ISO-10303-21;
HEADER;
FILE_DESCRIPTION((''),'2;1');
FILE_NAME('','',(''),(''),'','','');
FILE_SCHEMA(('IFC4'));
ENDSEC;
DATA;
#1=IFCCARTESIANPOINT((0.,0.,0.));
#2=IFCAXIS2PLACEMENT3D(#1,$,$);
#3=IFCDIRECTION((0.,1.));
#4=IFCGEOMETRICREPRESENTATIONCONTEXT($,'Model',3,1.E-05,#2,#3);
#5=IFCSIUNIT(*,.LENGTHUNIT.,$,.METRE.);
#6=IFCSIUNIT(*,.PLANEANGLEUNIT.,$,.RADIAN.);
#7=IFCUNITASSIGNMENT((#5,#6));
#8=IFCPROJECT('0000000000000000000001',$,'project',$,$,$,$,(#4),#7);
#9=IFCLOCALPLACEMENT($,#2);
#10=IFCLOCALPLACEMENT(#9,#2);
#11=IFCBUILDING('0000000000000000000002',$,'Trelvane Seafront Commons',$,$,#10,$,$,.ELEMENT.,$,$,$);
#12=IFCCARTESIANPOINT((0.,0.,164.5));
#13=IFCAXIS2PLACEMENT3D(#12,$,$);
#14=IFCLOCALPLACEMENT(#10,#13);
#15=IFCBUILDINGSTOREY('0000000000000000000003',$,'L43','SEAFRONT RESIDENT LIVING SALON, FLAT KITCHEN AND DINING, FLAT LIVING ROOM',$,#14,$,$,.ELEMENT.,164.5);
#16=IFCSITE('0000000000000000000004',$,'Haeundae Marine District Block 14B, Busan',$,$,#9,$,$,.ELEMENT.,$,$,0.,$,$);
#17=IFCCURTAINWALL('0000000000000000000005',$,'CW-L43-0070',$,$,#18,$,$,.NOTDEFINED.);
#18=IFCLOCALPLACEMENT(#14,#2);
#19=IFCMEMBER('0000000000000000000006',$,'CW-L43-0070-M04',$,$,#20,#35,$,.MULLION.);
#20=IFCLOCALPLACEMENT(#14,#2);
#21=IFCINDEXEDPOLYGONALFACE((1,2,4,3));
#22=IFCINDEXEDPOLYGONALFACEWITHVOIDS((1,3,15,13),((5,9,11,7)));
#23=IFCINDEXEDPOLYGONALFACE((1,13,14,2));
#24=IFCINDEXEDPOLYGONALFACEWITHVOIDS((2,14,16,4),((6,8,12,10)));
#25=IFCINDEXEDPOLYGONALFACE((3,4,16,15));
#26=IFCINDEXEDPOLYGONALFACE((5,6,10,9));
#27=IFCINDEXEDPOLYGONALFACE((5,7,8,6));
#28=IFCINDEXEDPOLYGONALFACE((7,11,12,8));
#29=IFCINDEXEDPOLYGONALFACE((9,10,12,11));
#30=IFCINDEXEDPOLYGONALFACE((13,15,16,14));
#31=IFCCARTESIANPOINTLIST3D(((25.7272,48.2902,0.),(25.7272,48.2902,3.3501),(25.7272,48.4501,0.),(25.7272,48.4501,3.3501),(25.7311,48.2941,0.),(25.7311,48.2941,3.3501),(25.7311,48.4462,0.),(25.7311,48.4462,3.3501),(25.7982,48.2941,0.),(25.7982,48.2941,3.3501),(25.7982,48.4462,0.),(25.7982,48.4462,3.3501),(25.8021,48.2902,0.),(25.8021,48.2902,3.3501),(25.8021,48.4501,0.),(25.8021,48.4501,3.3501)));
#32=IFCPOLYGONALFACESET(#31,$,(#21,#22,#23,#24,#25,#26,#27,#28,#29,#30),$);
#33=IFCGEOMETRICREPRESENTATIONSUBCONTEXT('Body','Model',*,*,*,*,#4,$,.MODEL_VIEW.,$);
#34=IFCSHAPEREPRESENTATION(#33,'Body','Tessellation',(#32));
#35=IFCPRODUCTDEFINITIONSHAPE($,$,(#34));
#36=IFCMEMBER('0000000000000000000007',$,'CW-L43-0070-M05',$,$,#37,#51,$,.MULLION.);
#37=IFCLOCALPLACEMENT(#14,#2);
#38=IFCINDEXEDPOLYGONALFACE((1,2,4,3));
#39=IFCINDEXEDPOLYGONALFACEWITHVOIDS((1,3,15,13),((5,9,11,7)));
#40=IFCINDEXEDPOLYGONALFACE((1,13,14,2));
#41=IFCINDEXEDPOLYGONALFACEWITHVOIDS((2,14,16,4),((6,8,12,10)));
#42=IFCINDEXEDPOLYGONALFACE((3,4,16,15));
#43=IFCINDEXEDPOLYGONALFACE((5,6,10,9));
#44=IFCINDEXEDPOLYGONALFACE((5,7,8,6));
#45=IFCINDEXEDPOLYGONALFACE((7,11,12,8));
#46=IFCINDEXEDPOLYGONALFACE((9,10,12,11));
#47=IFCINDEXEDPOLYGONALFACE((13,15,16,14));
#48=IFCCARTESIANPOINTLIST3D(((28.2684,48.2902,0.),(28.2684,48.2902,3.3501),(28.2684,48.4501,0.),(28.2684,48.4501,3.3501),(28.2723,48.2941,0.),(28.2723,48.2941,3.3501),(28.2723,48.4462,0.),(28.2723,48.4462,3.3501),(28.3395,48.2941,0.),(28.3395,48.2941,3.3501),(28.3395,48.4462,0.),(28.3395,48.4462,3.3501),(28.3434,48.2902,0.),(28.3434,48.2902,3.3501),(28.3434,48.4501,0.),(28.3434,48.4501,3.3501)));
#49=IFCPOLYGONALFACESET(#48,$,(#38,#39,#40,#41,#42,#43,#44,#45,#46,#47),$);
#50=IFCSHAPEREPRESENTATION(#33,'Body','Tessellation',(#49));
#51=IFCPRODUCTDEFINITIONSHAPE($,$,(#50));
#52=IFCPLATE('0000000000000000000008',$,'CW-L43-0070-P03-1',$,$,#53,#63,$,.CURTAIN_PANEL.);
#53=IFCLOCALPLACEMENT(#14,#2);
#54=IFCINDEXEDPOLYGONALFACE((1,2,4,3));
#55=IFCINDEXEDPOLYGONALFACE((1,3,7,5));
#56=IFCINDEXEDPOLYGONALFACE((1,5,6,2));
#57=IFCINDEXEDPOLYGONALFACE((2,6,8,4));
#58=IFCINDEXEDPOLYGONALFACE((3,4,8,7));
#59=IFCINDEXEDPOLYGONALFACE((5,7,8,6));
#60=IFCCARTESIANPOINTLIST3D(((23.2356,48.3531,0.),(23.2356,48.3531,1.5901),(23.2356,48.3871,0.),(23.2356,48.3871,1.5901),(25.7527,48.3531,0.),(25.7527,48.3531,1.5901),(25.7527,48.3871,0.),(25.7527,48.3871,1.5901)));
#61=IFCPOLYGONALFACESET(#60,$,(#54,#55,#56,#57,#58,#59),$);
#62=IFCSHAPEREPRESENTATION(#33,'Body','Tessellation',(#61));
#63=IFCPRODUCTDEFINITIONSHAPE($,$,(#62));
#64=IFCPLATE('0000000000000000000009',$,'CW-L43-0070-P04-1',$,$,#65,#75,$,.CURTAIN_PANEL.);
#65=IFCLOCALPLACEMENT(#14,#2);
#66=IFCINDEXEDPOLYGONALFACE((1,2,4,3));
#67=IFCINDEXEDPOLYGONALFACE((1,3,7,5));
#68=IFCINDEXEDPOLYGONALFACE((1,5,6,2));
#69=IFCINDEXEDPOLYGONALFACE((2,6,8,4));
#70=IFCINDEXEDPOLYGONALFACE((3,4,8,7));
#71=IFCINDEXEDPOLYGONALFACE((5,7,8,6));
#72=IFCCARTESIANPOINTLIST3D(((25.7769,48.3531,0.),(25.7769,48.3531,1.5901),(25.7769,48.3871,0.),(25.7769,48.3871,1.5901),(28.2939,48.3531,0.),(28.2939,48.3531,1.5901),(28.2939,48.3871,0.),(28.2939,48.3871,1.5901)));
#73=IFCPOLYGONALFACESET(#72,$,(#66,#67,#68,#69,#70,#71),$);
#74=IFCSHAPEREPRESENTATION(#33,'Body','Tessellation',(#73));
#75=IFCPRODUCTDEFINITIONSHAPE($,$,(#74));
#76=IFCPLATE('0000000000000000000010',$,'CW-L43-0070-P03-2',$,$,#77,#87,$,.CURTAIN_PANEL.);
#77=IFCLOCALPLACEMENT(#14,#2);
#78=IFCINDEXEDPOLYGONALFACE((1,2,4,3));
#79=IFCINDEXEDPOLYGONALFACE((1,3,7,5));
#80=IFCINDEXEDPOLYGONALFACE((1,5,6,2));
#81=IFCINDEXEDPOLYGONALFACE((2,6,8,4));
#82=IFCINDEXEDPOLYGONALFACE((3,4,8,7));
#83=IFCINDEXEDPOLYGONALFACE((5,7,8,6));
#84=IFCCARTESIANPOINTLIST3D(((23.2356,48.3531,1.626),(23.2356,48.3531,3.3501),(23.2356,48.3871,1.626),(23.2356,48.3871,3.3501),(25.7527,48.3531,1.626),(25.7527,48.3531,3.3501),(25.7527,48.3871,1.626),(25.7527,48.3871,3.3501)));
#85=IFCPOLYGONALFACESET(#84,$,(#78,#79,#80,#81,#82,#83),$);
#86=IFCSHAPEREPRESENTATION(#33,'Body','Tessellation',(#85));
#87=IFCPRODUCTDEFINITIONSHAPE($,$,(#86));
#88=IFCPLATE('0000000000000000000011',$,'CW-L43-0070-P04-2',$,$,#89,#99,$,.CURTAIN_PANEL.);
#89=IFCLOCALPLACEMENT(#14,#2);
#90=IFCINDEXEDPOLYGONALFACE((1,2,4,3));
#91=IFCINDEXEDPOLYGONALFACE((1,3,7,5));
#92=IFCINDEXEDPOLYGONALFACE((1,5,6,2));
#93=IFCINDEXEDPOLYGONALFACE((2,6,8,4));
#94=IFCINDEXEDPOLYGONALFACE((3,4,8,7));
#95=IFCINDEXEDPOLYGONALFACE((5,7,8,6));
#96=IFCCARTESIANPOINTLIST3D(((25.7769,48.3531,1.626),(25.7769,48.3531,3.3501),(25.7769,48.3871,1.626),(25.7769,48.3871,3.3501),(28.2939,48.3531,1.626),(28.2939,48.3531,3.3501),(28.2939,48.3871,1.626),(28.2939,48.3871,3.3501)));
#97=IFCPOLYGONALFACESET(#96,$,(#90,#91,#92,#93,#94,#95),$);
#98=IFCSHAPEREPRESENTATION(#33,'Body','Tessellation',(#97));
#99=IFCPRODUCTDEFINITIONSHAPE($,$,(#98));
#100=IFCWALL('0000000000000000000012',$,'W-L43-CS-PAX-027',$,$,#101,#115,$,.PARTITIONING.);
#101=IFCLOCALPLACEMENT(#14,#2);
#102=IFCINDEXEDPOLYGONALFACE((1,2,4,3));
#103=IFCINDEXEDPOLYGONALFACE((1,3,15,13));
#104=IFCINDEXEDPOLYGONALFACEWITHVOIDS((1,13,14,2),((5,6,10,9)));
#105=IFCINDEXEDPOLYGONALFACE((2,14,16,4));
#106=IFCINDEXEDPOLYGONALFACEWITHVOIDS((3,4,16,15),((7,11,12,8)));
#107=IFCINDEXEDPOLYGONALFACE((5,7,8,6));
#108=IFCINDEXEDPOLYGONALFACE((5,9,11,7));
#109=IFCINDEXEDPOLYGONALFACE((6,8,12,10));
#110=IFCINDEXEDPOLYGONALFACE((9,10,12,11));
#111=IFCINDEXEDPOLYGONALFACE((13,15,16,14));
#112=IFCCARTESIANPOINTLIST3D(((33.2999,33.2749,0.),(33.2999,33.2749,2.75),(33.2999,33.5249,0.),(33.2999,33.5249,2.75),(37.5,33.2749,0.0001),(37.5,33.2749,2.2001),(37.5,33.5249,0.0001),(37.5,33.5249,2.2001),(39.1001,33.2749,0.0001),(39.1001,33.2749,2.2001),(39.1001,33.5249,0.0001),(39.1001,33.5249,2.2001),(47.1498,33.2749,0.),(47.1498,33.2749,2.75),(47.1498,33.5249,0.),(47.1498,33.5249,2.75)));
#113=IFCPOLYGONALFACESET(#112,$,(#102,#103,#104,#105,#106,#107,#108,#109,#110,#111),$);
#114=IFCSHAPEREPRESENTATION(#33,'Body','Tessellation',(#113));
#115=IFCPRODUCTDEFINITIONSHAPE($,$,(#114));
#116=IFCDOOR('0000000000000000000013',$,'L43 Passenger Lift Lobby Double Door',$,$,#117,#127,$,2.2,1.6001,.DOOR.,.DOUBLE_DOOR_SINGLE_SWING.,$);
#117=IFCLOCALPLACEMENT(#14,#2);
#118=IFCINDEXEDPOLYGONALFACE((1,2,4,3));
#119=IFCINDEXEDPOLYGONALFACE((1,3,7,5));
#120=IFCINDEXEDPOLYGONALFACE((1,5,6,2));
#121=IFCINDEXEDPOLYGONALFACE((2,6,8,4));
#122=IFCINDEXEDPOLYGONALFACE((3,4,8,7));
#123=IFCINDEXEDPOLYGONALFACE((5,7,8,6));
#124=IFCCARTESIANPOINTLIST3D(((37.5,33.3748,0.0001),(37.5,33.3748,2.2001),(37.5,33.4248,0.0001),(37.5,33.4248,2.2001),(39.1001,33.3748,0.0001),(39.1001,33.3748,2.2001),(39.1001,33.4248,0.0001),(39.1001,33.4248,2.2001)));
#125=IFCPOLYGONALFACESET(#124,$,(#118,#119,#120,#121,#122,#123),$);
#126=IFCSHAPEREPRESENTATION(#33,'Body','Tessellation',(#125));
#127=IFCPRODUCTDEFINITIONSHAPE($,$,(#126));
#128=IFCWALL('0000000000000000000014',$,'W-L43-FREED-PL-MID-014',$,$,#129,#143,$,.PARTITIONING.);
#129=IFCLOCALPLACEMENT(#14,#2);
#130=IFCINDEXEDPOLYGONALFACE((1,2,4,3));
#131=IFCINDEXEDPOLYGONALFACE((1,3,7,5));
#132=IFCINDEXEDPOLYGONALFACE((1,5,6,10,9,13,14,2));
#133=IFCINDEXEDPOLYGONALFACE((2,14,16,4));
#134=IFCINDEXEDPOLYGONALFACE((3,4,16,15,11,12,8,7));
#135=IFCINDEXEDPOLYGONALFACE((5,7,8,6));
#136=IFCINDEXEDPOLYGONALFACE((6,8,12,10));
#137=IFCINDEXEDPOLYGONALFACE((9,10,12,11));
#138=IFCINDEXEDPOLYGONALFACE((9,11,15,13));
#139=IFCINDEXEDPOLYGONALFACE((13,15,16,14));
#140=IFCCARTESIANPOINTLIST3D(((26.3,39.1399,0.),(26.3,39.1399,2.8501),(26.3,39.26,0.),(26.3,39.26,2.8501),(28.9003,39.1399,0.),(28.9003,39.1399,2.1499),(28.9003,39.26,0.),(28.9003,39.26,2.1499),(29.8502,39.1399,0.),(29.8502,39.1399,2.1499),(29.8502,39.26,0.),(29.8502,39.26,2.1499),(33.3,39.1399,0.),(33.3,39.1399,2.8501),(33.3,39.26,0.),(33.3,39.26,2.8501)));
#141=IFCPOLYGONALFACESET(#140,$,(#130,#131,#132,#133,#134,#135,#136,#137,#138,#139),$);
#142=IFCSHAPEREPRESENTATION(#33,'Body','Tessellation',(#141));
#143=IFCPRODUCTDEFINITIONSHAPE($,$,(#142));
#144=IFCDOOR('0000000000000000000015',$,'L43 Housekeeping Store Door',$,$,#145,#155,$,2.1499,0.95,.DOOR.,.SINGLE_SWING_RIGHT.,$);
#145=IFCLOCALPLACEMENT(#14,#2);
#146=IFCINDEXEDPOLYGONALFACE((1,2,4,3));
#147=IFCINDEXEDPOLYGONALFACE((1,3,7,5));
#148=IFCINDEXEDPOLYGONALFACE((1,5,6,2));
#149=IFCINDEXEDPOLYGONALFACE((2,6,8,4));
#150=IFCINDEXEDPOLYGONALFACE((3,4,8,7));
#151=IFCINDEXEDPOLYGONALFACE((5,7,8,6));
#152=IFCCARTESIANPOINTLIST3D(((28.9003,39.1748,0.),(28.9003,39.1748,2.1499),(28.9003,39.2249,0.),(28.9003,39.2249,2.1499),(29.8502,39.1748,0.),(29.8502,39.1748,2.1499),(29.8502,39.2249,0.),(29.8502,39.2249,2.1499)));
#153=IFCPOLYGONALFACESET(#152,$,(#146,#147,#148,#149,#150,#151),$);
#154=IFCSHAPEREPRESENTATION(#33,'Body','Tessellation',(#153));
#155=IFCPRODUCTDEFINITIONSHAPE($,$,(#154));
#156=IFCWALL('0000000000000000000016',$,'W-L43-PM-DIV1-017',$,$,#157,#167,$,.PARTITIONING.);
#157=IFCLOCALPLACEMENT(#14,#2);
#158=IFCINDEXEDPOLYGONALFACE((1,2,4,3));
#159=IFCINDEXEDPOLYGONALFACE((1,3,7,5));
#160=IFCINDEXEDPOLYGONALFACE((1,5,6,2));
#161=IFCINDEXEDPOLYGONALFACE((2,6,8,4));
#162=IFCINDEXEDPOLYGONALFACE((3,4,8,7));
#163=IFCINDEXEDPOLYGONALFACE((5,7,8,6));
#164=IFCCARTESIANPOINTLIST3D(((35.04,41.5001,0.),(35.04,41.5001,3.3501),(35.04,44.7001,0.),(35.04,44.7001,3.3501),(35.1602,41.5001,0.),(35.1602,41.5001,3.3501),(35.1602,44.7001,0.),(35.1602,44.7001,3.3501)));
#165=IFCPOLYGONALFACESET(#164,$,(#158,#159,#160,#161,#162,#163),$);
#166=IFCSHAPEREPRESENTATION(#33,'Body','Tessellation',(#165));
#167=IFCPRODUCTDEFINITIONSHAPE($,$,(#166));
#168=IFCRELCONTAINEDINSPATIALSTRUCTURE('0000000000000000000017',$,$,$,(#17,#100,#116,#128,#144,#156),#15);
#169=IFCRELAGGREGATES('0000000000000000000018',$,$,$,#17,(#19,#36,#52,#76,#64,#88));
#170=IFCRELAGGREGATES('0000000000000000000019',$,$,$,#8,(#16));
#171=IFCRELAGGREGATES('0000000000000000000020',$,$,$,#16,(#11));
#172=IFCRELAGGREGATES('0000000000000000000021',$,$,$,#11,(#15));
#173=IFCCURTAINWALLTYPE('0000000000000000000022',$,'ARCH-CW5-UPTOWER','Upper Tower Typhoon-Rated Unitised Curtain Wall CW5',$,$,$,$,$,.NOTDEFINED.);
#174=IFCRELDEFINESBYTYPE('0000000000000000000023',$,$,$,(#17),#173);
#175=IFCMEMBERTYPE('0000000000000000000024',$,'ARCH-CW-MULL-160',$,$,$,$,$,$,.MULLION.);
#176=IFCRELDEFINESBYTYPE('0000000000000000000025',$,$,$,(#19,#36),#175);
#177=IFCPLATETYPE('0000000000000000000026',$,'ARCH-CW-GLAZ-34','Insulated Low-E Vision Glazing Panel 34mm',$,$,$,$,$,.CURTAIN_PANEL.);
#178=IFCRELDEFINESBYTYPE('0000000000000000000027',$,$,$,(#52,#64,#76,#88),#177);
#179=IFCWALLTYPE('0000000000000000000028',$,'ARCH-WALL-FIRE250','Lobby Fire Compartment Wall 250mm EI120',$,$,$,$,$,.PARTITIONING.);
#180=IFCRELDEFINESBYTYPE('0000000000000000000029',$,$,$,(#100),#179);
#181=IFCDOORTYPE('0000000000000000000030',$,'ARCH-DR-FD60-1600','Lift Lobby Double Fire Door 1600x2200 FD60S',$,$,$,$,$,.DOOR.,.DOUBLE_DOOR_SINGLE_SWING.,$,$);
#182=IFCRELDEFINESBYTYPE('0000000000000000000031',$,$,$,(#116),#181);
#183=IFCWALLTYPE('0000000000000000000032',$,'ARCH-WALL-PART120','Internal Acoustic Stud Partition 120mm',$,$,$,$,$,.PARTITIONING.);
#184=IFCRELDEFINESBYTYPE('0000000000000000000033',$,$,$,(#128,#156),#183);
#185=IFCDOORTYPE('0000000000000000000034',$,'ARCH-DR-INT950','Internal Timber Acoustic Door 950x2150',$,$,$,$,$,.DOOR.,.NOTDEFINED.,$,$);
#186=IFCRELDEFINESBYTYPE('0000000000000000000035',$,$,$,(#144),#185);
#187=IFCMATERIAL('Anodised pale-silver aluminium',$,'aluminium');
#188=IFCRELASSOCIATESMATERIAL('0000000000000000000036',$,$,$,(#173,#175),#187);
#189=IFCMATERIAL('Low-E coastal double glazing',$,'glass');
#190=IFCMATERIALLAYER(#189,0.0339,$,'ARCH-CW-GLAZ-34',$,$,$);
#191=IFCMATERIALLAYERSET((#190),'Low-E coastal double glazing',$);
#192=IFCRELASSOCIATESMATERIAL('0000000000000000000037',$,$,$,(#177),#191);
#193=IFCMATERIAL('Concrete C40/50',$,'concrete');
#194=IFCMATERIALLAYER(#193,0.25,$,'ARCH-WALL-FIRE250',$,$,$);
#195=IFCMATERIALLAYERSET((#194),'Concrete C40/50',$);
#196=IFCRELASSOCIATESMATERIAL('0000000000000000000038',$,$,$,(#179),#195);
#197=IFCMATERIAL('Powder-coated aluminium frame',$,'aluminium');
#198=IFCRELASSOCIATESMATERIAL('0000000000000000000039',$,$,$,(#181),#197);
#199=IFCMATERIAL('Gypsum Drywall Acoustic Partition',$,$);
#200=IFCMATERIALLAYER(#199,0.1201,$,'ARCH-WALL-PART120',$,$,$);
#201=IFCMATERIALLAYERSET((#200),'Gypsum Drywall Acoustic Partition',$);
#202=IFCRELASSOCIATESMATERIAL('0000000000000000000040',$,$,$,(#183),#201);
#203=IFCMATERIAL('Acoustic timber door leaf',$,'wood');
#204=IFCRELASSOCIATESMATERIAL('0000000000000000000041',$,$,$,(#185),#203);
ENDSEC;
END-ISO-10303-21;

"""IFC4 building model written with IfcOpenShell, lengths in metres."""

from ifc_helpers import new_model, si_unit, direction, frame, frame_2d, origin, origin_2d, place, context, subcontext, project, spatial, rectangle, hollow_rectangle, extrude, source, transform, mapped, material, layer, layer_set, material_profile, profile_set, type_object, element, fill, aggregate, save


model = new_model("IFC4")

# Units and contexts
model_context = context("Model", 3, precision=1e-05, world=origin(), true_north=direction((0.0, 1.0)))
body_context = subcontext(model_context, "Body", "Model", "MODEL_VIEW")
ifc_project = project(units=[si_unit("LENGTHUNIT", "METRE"), si_unit("PLANEANGLEUNIT", "RADIAN")], contexts=[model_context])

# Site, building, storey
site_placement = place(None, origin())
site = spatial("IfcSite", under=ifc_project, at=site_placement, Name="Haeundae Marine District Block 14B, Busan", CompositionType="ELEMENT", RefElevation=0.0)
building_placement = place(site_placement, origin())
building = spatial("IfcBuilding", under=site, at=building_placement, Name="Trelvane Seafront Commons", CompositionType="ELEMENT")
storey_placement = place(building_placement, frame((0.0, 0.0, 164.5)))
storey = spatial("IfcBuildingStorey", under=building, at=storey_placement, Name="L43", Description="SEAFRONT RESIDENT LIVING SALON, FLAT KITCHEN AND DINING, FLAT LIVING ROOM", CompositionType="ELEMENT", Elevation=164.5)

# Curtain wall, members, plates
ifc_material_1 = material(Name="Anodised pale-silver aluminium", Category="aluminium")
curtain_wall_type = type_object("IfcCurtainWallType", Name="ARCH-CW5-UPTOWER", Description="Upper Tower Typhoon-Rated Unitised Curtain Wall CW5", PredefinedType="NOTDEFINED", material=ifc_material_1)
curtain_wall_placement = place(storey_placement, origin())
curtain_wall = element("IfcCurtainWall", 1, at=curtain_wall_placement, inside=storey, type_object=curtain_wall_type, Name="CW-L43-0070", PredefinedType="NOTDEFINED")
ifc_material_profile_1 = material_profile(ifc_material_1, hollow_rectangle(XDim=0.075, YDim=0.1599, WallThickness=0.0039, at=origin_2d()), Name="MULL-75x160x4")
ifc_profile_set_1 = profile_set([ifc_material_profile_1], Name="Anodised pale-silver aluminium")
member_type_1 = type_object("IfcMemberType", Name="ARCH-CW-MULL-160", PredefinedType="MULLION", material=ifc_profile_set_1)
shared_shape_1 = source(origin(), body_context, "Body", "SweptSolid", [
    extrude(hollow_rectangle(XDim=0.075, YDim=0.1599, WallThickness=0.0039, at=origin_2d()), origin(), (0.0, 0.0, 1.0), 3.3501),
])
member_1_placement = place(storey_placement, frame((25.7646, 48.3701, 0.0), z_axis=(0.0, 0.0, 1.0), x_axis=(1.0, 0.0, 0.0)))
member_1 = element("IfcMember", 2, at=member_1_placement, type_object=member_type_1, Name="CW-L43-0070-M04", PredefinedType="MULLION", context=body_context, shape_type="MappedRepresentation", body=[
    mapped(shared_shape_1, transform((0.0, 0.0, 0.0), x_axis=(1.0, 0.0, 0.0), y_axis=(0.0, 1.0, 0.0), z_axis=(0.0, 0.0, 1.0), scale=1.0)),
])
member_2_placement = place(storey_placement, frame((28.3059, 48.3701, 0.0), z_axis=(0.0, 0.0, 1.0), x_axis=(1.0, 0.0, 0.0)))
member_2 = element("IfcMember", 3, at=member_2_placement, type_object=member_type_1, Name="CW-L43-0070-M05", PredefinedType="MULLION", context=body_context, shape_type="MappedRepresentation", body=[
    mapped(shared_shape_1, transform((0.0, 0.0, 0.0), x_axis=(1.0, 0.0, 0.0), y_axis=(0.0, 1.0, 0.0), z_axis=(0.0, 0.0, 1.0), scale=1.0)),
])
ifc_material_2 = material(Name="Low-E coastal double glazing", Category="glass")
ifc_layer_1 = layer(ifc_material_2, 0.0339, Name="ARCH-CW-GLAZ-34")
ifc_layer_set_1 = layer_set([ifc_layer_1], Name="Low-E coastal double glazing")
plate_type = type_object("IfcPlateType", Name="ARCH-CW-GLAZ-34", Description="Insulated Low-E Vision Glazing Panel 34mm", PredefinedType="CURTAIN_PANEL", material=ifc_layer_set_1)
shared_shape_2 = source(origin(), body_context, "Body", "SweptSolid", [
    extrude(rectangle(XDim=2.5171, YDim=0.0339, at=origin_2d()), origin(), (0.0, 0.0, 1.0), 1.5901),
])
plate_1_placement = place(storey_placement, frame((24.4941, 48.3701, 0.0), z_axis=(0.0, 0.0, 1.0), x_axis=(1.0, 0.0, 0.0)))
plate_1 = element("IfcPlate", 4, at=plate_1_placement, type_object=plate_type, Name="CW-L43-0070-P03-1", PredefinedType="CURTAIN_PANEL", context=body_context, shape_type="MappedRepresentation", body=[
    mapped(shared_shape_2, transform((0.0, 0.0, 0.0), x_axis=(1.0, 0.0, 0.0), y_axis=(0.0, 1.0, 0.0), z_axis=(0.0, 0.0, 1.0), scale=1.0)),
])
plate_2_placement = place(storey_placement, frame((27.0354, 48.3701, 0.0), z_axis=(0.0, 0.0, 1.0), x_axis=(1.0, 0.0, 0.0)))
plate_2 = element("IfcPlate", 5, at=plate_2_placement, type_object=plate_type, Name="CW-L43-0070-P04-1", PredefinedType="CURTAIN_PANEL", context=body_context, shape_type="MappedRepresentation", body=[
    mapped(shared_shape_2, transform((0.0, 0.0, 0.0), x_axis=(1.0, 0.0, 0.0), y_axis=(0.0, 1.0, 0.0), z_axis=(0.0, 0.0, 1.0), scale=1.0)),
])
shared_shape_3 = source(origin(), body_context, "Body", "SweptSolid", [
    extrude(rectangle(XDim=2.5171, YDim=0.0339, at=origin_2d()), origin(), (0.0, 0.0, 1.0), 1.7241),
])
plate_3_placement = place(storey_placement, frame((24.4941, 48.3701, 1.626), z_axis=(0.0, 0.0, 1.0), x_axis=(1.0, 0.0, 0.0)))
plate_3 = element("IfcPlate", 6, at=plate_3_placement, type_object=plate_type, Name="CW-L43-0070-P03-2", PredefinedType="CURTAIN_PANEL", context=body_context, shape_type="MappedRepresentation", body=[
    mapped(shared_shape_3, transform((0.0, 0.0, 0.0), x_axis=(1.0, 0.0, 0.0), y_axis=(0.0, 1.0, 0.0), z_axis=(0.0, 0.0, 1.0), scale=1.0)),
])
plate_4_placement = place(storey_placement, frame((27.0354, 48.3701, 1.626), z_axis=(0.0, 0.0, 1.0), x_axis=(1.0, 0.0, 0.0)))
plate_4 = element("IfcPlate", 7, at=plate_4_placement, type_object=plate_type, Name="CW-L43-0070-P04-2", PredefinedType="CURTAIN_PANEL", context=body_context, shape_type="MappedRepresentation", body=[
    mapped(shared_shape_3, transform((0.0, 0.0, 0.0), x_axis=(1.0, 0.0, 0.0), y_axis=(0.0, 1.0, 0.0), z_axis=(0.0, 0.0, 1.0), scale=1.0)),
])
aggregate(curtain_wall, [member_1, member_2, plate_1, plate_3, plate_2, plate_4])

# Walls, openings, doors
ifc_material_3 = material(Name="Concrete C40/50", Category="concrete")
ifc_layer_2 = layer(ifc_material_3, 0.25, Name="ARCH-WALL-FIRE250")
ifc_layer_set_2 = layer_set([ifc_layer_2], Name="Concrete C40/50")
wall_type_1 = type_object("IfcWallType", Name="ARCH-WALL-FIRE250", Description="Lobby Fire Compartment Wall 250mm EI120", PredefinedType="PARTITIONING", material=ifc_layer_set_2)
wall_1_placement = place(storey_placement, frame((33.3, 33.3999, 0.0), z_axis=(0.0, 0.0, 1.0), x_axis=(1.0, 0.0, 0.0)))
wall_1 = element("IfcWall", 8, at=wall_1_placement, inside=storey, type_object=wall_type_1, Name="W-L43-CS-PAX-027", PredefinedType="PARTITIONING", context=body_context, shape_type="SweptSolid", body=[
    extrude(rectangle(XDim=13.8499, YDim=0.25, at=frame_2d((6.9248, 0.0))), origin(), (0.0, 0.0, 1.0), 2.75),
])
opening_1_placement = place(wall_1_placement, frame((4.2, 0.0, 0.0)))
opening_1 = element("IfcOpeningElement", 9, at=opening_1_placement, cuts=wall_1, PredefinedType="OPENING", context=body_context, shape_type="SweptSolid", body=[
    extrude(rectangle(XDim=1.6001, YDim=2.2, at=frame_2d((0.8, 1.1001))), frame((0.0, 0.135, 0.0), z_axis=(0.0, -1.0, 0.0), x_axis=(1.0, 0.0, 0.0)), (0.0, 0.0, 1.0), 0.27),
])
ifc_material_4 = material(Name="Powder-coated aluminium frame", Category="aluminium")
door_type_1 = type_object("IfcDoorType", Name="ARCH-DR-FD60-1600", Description="Lift Lobby Double Fire Door 1600x2200 FD60S", OperationType="DOUBLE_DOOR_SINGLE_SWING", PredefinedType="DOOR", material=ifc_material_4)
shared_shape_4 = source(origin(), body_context, "Body", "SweptSolid", [
    extrude(rectangle(XDim=1.6001, YDim=2.2, at=frame_2d((0.8, 1.1001))), frame((0.0, 0.0249, 0.0), z_axis=(0.0, -1.0, 0.0), x_axis=(1.0, 0.0, 0.0)), (0.0, 0.0, 1.0), 0.05),
])
door_1_placement = place(opening_1_placement, origin())
door_1 = element("IfcDoor", 10, at=door_1_placement, inside=storey, type_object=door_type_1, Name="L43 Passenger Lift Lobby Double Door", OperationType="DOUBLE_DOOR_SINGLE_SWING", OverallHeight=2.2, OverallWidth=1.6001, PredefinedType="DOOR", context=body_context, shape_type="MappedRepresentation", body=[
    mapped(shared_shape_4, transform((0.0, 0.0, 0.0), x_axis=(1.0, 0.0, 0.0), y_axis=(0.0, 1.0, 0.0), z_axis=(0.0, 0.0, 1.0), scale=1.0)),
])
fill(opening_1, door_1)
ifc_material_5 = material(Name="Gypsum Drywall Acoustic Partition")
ifc_layer_3 = layer(ifc_material_5, 0.1201, Name="ARCH-WALL-PART120")
ifc_layer_set_3 = layer_set([ifc_layer_3], Name="Gypsum Drywall Acoustic Partition")
wall_type_2 = type_object("IfcWallType", Name="ARCH-WALL-PART120", Description="Internal Acoustic Stud Partition 120mm", PredefinedType="PARTITIONING", material=ifc_layer_set_3)
wall_2_placement = place(storey_placement, frame((26.3, 39.2, 0.0), z_axis=(0.0, 0.0, 1.0), x_axis=(1.0, 0.0, 0.0)))
wall_2 = element("IfcWall", 11, at=wall_2_placement, inside=storey, type_object=wall_type_2, Name="W-L43-FREED-PL-MID-014", PredefinedType="PARTITIONING", context=body_context, shape_type="SweptSolid", body=[
    extrude(rectangle(XDim=7.0, YDim=0.1201, at=frame_2d((3.5, 0.0))), origin(), (0.0, 0.0, 1.0), 2.8501),
])
opening_2_placement = place(wall_2_placement, frame((2.6001, 0.0, 0.0)))
opening_2 = element("IfcOpeningElement", 12, at=opening_2_placement, cuts=wall_2, PredefinedType="OPENING", context=body_context, shape_type="SweptSolid", body=[
    extrude(rectangle(XDim=0.95, YDim=2.1499, at=frame_2d((0.4751, 1.075))), frame((0.0, 0.0701, 0.0), z_axis=(0.0, -1.0, 0.0), x_axis=(1.0, 0.0, 0.0)), (0.0, 0.0, 1.0), 0.1401),
])
ifc_material_6 = material(Name="Acoustic timber door leaf", Category="wood")
door_type_2 = type_object("IfcDoorType", Name="ARCH-DR-INT950", Description="Internal Timber Acoustic Door 950x2150", OperationType="NOTDEFINED", PredefinedType="DOOR", material=ifc_material_6)
shared_shape_5 = source(origin(), body_context, "Body", "SweptSolid", [
    extrude(rectangle(XDim=0.95, YDim=2.1499, at=frame_2d((0.4751, 1.075))), frame((0.0, 0.0249, 0.0), z_axis=(0.0, -1.0, 0.0), x_axis=(1.0, 0.0, 0.0)), (0.0, 0.0, 1.0), 0.05),
])
door_2_placement = place(opening_2_placement, origin())
door_2 = element("IfcDoor", 13, at=door_2_placement, inside=storey, type_object=door_type_2, Name="L43 Housekeeping Store Door", OperationType="SINGLE_SWING_RIGHT", OverallHeight=2.1499, OverallWidth=0.95, PredefinedType="DOOR", context=body_context, shape_type="MappedRepresentation", body=[
    mapped(shared_shape_5, transform((0.0, 0.0, 0.0), x_axis=(1.0, 0.0, 0.0), y_axis=(0.0, 1.0, 0.0), z_axis=(0.0, 0.0, 1.0), scale=1.0)),
])
fill(opening_2, door_2)

# Wall
for number, where, z_axis, x_axis, name in (
    (14, (35.1001, 41.5, 0.0), (0.0, 0.0, 1.0), (0.0, 1.0, 0.0), "W-L43-PM-DIV1-017"),
):
    element("IfcWall", number, at=place(storey_placement, frame(where, z_axis=z_axis, x_axis=x_axis)), inside=storey, type_object=wall_type_2, Name=name, PredefinedType="PARTITIONING", context=body_context, shape_type="SweptSolid", body=[
        extrude(rectangle(XDim=3.2, YDim=0.1201, at=frame_2d((1.6001, 0.0))), origin(), (0.0, 0.0, 1.0), 3.3501),
    ])

save(model, "model.ifc")
